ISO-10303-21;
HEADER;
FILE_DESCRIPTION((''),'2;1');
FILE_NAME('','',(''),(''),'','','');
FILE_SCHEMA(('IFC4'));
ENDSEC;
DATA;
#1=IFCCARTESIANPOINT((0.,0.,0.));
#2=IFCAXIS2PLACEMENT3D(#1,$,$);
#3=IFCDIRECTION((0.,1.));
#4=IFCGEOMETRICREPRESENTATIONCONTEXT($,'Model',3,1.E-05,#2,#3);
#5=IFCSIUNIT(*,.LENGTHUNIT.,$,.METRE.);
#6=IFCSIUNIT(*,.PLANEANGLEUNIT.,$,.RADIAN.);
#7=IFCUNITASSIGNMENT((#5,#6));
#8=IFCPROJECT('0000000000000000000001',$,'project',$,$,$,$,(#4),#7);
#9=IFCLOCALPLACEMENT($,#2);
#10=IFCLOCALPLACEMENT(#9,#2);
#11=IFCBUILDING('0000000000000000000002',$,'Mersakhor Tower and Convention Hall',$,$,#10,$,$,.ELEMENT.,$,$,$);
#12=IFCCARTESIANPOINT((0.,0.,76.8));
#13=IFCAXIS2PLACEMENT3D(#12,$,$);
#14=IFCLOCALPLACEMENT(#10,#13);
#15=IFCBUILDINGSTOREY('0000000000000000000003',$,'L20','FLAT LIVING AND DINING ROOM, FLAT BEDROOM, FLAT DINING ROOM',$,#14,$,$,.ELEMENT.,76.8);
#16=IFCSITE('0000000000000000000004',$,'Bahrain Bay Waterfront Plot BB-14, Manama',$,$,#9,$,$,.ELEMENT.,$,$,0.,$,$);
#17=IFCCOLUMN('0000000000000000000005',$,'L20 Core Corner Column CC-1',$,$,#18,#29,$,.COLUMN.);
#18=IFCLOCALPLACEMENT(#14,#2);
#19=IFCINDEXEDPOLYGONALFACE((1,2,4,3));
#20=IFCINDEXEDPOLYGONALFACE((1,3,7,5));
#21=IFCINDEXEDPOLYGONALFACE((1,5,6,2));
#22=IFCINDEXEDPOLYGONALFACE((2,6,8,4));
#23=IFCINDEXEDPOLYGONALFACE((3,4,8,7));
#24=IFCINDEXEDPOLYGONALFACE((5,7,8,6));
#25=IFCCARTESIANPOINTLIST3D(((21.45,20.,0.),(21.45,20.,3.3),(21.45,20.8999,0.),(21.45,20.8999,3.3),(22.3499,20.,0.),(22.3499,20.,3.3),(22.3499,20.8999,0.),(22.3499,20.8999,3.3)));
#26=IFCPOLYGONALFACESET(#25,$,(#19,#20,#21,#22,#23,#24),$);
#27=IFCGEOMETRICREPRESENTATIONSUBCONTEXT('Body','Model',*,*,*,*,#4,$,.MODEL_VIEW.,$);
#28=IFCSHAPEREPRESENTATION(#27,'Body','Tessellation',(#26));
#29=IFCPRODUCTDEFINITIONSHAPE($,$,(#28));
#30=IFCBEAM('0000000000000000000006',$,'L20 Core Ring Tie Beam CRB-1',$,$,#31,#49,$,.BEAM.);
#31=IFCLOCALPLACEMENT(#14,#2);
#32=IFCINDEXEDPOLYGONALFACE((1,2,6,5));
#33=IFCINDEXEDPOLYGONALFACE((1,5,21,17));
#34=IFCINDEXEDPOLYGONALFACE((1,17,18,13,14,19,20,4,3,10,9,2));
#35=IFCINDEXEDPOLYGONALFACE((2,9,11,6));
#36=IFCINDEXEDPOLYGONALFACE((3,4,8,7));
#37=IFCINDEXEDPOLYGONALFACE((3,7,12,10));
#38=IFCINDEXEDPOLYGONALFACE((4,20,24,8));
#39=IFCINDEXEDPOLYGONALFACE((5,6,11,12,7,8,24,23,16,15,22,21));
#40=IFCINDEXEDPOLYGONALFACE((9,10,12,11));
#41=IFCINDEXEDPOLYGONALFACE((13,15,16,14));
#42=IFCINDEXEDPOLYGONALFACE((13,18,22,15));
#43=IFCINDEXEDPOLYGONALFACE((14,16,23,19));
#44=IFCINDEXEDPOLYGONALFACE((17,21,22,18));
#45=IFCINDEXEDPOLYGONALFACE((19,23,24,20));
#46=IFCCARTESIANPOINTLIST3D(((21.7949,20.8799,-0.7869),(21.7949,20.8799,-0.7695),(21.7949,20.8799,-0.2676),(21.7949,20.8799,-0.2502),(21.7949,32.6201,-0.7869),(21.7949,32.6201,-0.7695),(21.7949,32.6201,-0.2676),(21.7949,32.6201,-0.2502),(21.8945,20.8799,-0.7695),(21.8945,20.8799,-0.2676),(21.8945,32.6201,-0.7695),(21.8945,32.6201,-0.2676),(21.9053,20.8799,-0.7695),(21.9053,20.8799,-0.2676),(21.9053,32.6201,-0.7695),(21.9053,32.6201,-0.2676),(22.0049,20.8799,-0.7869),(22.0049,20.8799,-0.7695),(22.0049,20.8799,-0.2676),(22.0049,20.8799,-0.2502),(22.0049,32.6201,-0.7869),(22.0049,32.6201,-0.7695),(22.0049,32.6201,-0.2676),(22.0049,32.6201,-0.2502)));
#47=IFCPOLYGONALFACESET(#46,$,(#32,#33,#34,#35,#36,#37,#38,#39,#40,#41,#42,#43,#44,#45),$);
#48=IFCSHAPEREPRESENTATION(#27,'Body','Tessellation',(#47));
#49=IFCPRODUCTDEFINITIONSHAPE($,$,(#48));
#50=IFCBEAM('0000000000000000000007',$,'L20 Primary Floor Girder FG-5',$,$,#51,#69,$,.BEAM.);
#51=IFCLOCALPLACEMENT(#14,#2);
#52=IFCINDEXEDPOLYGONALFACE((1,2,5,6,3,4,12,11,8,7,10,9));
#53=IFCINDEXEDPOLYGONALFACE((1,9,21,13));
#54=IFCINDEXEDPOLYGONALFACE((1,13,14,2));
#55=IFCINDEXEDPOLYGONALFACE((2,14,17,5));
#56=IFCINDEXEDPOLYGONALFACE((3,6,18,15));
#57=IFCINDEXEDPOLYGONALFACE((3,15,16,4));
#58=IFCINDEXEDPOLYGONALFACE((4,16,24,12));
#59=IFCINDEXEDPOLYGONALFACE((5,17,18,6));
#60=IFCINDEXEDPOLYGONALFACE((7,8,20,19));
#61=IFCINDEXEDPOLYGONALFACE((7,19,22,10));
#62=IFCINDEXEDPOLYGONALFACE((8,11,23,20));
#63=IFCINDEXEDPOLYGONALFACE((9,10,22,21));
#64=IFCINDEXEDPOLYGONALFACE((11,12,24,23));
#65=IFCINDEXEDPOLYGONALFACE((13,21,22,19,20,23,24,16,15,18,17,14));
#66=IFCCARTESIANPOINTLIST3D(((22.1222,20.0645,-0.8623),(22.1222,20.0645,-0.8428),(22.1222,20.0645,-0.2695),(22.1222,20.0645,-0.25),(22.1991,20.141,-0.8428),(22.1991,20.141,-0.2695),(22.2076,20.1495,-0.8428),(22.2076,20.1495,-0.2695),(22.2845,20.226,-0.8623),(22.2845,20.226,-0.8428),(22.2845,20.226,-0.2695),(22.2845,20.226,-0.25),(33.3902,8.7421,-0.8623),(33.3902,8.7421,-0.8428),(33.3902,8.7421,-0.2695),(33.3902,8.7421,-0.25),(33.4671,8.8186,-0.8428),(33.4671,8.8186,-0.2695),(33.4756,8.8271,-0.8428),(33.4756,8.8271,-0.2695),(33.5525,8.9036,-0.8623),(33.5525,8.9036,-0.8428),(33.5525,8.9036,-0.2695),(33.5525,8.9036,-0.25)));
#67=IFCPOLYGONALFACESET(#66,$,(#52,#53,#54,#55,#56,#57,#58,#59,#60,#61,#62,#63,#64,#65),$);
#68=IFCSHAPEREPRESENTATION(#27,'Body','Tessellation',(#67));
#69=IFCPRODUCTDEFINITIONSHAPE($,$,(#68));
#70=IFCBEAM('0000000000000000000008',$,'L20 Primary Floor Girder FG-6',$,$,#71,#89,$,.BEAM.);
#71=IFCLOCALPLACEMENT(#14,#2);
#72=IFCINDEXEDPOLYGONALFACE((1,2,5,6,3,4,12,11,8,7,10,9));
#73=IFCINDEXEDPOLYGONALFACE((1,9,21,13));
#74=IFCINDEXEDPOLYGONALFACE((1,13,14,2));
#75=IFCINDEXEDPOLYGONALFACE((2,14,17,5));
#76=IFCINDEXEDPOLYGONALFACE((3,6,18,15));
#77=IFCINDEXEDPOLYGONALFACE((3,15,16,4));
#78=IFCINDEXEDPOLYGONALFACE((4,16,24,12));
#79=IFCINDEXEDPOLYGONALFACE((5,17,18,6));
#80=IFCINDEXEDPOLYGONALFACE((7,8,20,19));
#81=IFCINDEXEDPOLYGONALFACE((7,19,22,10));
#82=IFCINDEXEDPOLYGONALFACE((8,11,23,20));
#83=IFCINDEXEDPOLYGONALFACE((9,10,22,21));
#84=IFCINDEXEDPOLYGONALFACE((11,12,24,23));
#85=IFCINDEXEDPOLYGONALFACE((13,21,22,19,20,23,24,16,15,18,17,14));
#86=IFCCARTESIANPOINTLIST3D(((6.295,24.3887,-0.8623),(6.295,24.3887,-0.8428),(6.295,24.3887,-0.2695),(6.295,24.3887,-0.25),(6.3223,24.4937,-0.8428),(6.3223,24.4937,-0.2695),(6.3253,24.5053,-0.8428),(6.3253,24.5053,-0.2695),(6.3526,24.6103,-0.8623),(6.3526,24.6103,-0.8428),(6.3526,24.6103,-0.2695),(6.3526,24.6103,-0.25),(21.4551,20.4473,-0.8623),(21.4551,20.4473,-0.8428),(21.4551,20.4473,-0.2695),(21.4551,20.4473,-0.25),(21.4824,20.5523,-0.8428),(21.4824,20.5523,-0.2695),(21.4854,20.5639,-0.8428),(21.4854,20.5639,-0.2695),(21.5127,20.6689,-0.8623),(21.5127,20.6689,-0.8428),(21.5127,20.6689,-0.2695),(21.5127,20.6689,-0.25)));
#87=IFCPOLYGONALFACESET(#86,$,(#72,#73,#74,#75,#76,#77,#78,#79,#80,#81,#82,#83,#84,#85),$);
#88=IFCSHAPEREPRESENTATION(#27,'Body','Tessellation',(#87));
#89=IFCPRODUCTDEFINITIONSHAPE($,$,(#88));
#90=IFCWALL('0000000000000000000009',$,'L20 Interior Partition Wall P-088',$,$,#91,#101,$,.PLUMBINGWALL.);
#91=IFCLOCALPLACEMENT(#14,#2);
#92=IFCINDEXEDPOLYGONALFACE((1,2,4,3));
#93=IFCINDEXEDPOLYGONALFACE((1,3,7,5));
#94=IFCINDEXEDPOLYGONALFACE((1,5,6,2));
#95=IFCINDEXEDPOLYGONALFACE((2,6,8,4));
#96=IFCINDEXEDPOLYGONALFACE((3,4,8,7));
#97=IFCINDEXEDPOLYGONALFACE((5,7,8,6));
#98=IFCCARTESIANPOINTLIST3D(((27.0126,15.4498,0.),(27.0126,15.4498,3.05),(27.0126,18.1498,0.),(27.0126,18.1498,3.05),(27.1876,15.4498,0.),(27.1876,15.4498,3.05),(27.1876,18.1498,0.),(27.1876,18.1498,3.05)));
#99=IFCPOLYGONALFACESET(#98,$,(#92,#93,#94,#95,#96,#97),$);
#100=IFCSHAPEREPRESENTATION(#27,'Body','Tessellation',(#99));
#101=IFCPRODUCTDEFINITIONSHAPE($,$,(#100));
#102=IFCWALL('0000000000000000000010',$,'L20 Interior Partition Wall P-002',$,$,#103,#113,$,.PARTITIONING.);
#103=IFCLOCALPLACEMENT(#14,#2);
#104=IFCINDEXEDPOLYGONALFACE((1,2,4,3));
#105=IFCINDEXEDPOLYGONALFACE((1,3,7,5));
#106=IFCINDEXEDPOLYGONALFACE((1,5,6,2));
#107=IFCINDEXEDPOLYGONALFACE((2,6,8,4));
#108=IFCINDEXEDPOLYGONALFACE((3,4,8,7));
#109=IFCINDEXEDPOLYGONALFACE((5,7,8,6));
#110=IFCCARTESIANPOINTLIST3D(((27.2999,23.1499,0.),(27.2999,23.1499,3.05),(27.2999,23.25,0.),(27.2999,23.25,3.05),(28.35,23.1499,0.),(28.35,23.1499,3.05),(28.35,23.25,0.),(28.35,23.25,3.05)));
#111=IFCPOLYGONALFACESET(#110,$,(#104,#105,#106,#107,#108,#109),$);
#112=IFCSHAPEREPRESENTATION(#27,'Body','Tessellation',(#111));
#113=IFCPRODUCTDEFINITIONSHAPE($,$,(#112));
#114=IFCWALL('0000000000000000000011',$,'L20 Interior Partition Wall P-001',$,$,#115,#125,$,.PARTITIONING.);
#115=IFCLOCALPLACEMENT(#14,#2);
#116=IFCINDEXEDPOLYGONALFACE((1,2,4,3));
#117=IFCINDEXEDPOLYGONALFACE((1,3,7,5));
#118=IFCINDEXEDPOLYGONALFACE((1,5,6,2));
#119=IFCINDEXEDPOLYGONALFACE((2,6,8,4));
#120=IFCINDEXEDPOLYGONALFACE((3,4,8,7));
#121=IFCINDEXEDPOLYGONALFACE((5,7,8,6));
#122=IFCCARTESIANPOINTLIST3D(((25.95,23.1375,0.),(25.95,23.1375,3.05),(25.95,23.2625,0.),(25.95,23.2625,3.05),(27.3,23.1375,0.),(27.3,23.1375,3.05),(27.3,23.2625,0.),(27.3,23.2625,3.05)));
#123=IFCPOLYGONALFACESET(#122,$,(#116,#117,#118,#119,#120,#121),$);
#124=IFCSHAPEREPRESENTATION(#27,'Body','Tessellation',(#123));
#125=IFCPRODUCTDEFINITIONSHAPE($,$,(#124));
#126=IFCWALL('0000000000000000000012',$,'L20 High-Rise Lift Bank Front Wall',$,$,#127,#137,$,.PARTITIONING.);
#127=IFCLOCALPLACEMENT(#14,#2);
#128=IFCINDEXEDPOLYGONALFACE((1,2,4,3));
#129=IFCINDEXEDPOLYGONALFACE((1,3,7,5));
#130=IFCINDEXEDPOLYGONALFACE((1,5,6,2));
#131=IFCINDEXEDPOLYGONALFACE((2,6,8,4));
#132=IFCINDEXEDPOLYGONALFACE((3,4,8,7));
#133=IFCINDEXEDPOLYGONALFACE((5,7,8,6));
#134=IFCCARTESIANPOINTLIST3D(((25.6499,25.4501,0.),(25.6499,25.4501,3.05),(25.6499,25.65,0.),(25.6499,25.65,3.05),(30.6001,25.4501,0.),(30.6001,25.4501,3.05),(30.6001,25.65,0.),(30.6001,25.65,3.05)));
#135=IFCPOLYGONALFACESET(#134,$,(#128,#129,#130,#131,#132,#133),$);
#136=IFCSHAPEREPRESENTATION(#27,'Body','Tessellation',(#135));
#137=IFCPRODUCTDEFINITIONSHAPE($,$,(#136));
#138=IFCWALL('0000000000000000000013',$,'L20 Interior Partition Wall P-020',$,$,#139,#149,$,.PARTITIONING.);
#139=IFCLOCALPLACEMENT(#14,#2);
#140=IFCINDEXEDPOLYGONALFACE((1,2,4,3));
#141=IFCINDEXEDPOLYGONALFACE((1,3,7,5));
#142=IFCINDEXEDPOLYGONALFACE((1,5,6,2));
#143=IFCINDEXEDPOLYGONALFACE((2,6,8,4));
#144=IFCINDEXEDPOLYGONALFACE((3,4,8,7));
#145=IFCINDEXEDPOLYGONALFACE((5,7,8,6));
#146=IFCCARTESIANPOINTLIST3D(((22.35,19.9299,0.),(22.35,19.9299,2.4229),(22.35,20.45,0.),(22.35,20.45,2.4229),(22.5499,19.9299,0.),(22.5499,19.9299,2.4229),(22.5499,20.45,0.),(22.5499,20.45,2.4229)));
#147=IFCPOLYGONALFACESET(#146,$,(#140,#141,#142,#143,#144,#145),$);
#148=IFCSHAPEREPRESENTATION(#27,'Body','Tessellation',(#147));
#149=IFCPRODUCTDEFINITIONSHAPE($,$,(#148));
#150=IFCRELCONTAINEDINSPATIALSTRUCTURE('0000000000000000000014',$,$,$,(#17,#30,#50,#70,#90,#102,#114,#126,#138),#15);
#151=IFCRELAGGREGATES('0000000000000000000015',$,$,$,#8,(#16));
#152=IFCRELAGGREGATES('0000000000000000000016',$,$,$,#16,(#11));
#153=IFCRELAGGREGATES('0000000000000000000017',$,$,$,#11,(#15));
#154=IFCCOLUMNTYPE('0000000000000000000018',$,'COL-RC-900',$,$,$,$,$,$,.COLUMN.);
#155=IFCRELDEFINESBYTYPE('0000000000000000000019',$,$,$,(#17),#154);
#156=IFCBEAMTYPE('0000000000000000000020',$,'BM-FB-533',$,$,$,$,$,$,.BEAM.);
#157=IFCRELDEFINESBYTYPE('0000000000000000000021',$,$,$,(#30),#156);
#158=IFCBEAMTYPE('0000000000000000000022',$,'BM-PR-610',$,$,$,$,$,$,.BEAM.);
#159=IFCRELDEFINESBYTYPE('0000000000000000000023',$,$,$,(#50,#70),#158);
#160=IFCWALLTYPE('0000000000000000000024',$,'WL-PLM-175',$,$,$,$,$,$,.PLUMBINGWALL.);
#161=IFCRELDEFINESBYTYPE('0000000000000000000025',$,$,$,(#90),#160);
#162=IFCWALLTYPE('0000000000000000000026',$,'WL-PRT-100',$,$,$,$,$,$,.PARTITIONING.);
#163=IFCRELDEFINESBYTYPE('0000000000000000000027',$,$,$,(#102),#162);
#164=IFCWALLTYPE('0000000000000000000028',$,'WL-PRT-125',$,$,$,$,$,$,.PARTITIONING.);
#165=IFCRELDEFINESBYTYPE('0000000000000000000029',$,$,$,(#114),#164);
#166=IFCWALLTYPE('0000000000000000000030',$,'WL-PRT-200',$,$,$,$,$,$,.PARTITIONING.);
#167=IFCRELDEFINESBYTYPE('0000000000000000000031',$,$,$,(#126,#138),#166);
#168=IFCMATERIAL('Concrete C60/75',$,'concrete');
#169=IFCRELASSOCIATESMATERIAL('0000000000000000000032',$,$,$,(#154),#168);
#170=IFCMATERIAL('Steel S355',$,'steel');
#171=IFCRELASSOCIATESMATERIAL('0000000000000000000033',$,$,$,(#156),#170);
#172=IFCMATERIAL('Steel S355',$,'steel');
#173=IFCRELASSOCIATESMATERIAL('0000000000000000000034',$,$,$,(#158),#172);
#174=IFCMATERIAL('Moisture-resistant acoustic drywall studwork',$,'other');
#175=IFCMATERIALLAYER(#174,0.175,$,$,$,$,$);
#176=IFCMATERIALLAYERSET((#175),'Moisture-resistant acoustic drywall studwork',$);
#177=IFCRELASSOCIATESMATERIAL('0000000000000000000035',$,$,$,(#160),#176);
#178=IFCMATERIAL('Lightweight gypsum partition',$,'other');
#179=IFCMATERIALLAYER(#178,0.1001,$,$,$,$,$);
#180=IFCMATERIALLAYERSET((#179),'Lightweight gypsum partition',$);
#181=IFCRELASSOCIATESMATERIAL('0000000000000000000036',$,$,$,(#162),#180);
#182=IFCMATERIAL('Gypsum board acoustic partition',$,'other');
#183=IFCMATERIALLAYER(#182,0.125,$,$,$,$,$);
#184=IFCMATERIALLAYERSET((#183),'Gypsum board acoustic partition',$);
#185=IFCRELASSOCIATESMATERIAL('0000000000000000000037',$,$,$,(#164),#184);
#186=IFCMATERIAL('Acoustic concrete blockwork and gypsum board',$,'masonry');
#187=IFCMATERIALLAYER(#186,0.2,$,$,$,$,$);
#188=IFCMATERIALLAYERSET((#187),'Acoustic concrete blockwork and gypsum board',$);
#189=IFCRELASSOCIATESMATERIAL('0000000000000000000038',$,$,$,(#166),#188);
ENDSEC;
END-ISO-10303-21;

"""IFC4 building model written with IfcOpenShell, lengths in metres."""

from ifc_helpers import new_model, si_unit, direction, frame, frame_2d, origin, origin_2d, place, context, subcontext, project, spatial, rectangle, i_section, extrude, material, layer, layer_set, material_profile, profile_set, type_object, element, save


model = new_model("IFC4")

# Units and contexts
model_context = context("Model", 3, precision=1e-05, world=origin(), true_north=direction((0.0, 1.0)))
body_context = subcontext(model_context, "Body", "Model", "MODEL_VIEW")
ifc_project = project(units=[si_unit("LENGTHUNIT", "METRE"), si_unit("PLANEANGLEUNIT", "RADIAN")], contexts=[model_context])

# Site, building, storey
site_placement = place(None, origin())
site = spatial("IfcSite", under=ifc_project, at=site_placement, Name="Bahrain Bay Waterfront Plot BB-14, Manama", CompositionType="ELEMENT", RefElevation=0.0)
building_placement = place(site_placement, origin())
building = spatial("IfcBuilding", under=site, at=building_placement, Name="Mersakhor Tower and Convention Hall", CompositionType="ELEMENT")
storey_placement = place(building_placement, frame((0.0, 0.0, 76.8)))
storey = spatial("IfcBuildingStorey", under=building, at=storey_placement, Name="L20", Description="FLAT LIVING AND DINING ROOM, FLAT BEDROOM, FLAT DINING ROOM", CompositionType="ELEMENT", Elevation=76.8)

# Column
ifc_material_1 = material(Name="Concrete C60/75", Category="concrete")
ifc_material_profile_1 = material_profile(ifc_material_1, rectangle(XDim=0.8999, YDim=0.8999, at=origin_2d()), Name="RC 900x900")
ifc_profile_set_1 = profile_set([ifc_material_profile_1], Name="Concrete C60/75")
column_type = type_object("IfcColumnType", Name="COL-RC-900", PredefinedType="COLUMN", material=ifc_profile_set_1)
column_placement = place(storey_placement, frame((21.8999, 20.45, 0.0), z_axis=(0.0, 0.0, 1.0), x_axis=(1.0, 0.0, 0.0)))
element("IfcColumn", 1, at=column_placement, inside=storey, type_object=column_type, Name="L20 Core Corner Column CC-1", PredefinedType="COLUMN", context=body_context, shape_type="SweptSolid", body=[
    extrude(rectangle(XDim=0.8999, YDim=0.8999, at=origin_2d()), origin(), (0.0, 0.0, 1.0), 3.3),
])

# Beams
ifc_material_2 = material(Name="Steel S355", Category="steel")
ifc_material_profile_2 = material_profile(ifc_material_2, i_section(OverallWidth=0.21, OverallDepth=0.5366, WebThickness=0.0107, FlangeThickness=0.0173, at=origin_2d()), Name="UB 533x210x101")
ifc_profile_set_2 = profile_set([ifc_material_profile_2], Name="Steel S355")
beam_type_1 = type_object("IfcBeamType", Name="BM-FB-533", PredefinedType="BEAM", material=ifc_profile_set_2)
beam_1_placement = place(storey_placement, frame((21.8999, 20.8799, -0.5186), z_axis=(0.0, 1.0, 0.0), x_axis=(-1.0, 0.0, 0.0)))
element("IfcBeam", 2, at=beam_1_placement, inside=storey, type_object=beam_type_1, Name="L20 Core Ring Tie Beam CRB-1", PredefinedType="BEAM", context=body_context, shape_type="SweptSolid", body=[
    extrude(i_section(OverallWidth=0.21, OverallDepth=0.5366, WebThickness=0.0107, FlangeThickness=0.0173, at=origin_2d()), origin(), (0.0, 0.0, 1.0), 11.7402),
])
ifc_material_3 = material(Name="Steel S355", Category="steel")
ifc_material_profile_3 = material_profile(ifc_material_3, i_section(OverallWidth=0.229, OverallDepth=0.6123, WebThickness=0.012, FlangeThickness=0.0195, at=origin_2d()), Name="UB 610x229x125")
ifc_profile_set_3 = profile_set([ifc_material_profile_3], Name="Steel S355")
beam_type_2 = type_object("IfcBeamType", Name="BM-PR-610", PredefinedType="BEAM", material=ifc_profile_set_3)
beam_2_placement = place(storey_placement, frame((22.2034, 20.1453, -0.5562), z_axis=(0.705401, -0.708809, 0.0), x_axis=(0.708809, 0.705401, 0.0)))
element("IfcBeam", 3, at=beam_2_placement, inside=storey, type_object=beam_type_2, Name="L20 Primary Floor Girder FG-5", PredefinedType="BEAM", context=body_context, shape_type="SweptSolid", body=[
    extrude(i_section(OverallWidth=0.229, OverallDepth=0.6123, WebThickness=0.012, FlangeThickness=0.0195, at=origin_2d()), origin(), (0.0, 0.0, 1.0), 15.9739),
])
beam_3_placement = place(storey_placement, frame((21.4839, 20.5581, -0.5562), z_axis=(-0.967826, 0.25162, 0.0), x_axis=(-0.25162, -0.967826, 0.0)))
element("IfcBeam", 4, at=beam_3_placement, inside=storey, type_object=beam_type_2, Name="L20 Primary Floor Girder FG-6", PredefinedType="BEAM", context=body_context, shape_type="SweptSolid", body=[
    extrude(i_section(OverallWidth=0.229, OverallDepth=0.6123, WebThickness=0.012, FlangeThickness=0.0195, at=origin_2d()), origin(), (0.0, 0.0, 1.0), 15.6641),
])

# Walls
ifc_material_4 = material(Name="Moisture-resistant acoustic drywall studwork", Category="other")
ifc_layer_1 = layer(ifc_material_4, 0.175)
ifc_layer_set_1 = layer_set([ifc_layer_1], Name="Moisture-resistant acoustic drywall studwork")
wall_type_1 = type_object("IfcWallType", Name="WL-PLM-175", PredefinedType="PLUMBINGWALL", material=ifc_layer_set_1)
wall_1_placement = place(storey_placement, frame((27.1001, 18.1499, 0.0), z_axis=(0.0, 0.0, 1.0), x_axis=(0.0, -1.0, 0.0)))
element("IfcWall", 5, at=wall_1_placement, inside=storey, type_object=wall_type_1, Name="L20 Interior Partition Wall P-088", PredefinedType="PLUMBINGWALL", context=body_context, shape_type="SweptSolid", body=[
    extrude(rectangle(XDim=2.7, YDim=0.175, at=frame_2d((1.3501, 0.0))), origin(), (0.0, 0.0, 1.0), 3.05),
])
ifc_material_5 = material(Name="Lightweight gypsum partition", Category="other")
ifc_layer_2 = layer(ifc_material_5, 0.1001)
ifc_layer_set_2 = layer_set([ifc_layer_2], Name="Lightweight gypsum partition")
wall_type_2 = type_object("IfcWallType", Name="WL-PRT-100", PredefinedType="PARTITIONING", material=ifc_layer_set_2)
wall_2_placement = place(storey_placement, frame((27.3, 23.2, 0.0), z_axis=(0.0, 0.0, 1.0), x_axis=(1.0, 0.0, 0.0)))
element("IfcWall", 6, at=wall_2_placement, inside=storey, type_object=wall_type_2, Name="L20 Interior Partition Wall P-002", PredefinedType="PARTITIONING", context=body_context, shape_type="SweptSolid", body=[
    extrude(rectangle(XDim=1.05, YDim=0.1001, at=frame_2d((0.5249, 0.0))), origin(), (0.0, 0.0, 1.0), 3.05),
])
ifc_material_6 = material(Name="Gypsum board acoustic partition", Category="other")
ifc_layer_3 = layer(ifc_material_6, 0.125)
ifc_layer_set_3 = layer_set([ifc_layer_3], Name="Gypsum board acoustic partition")
wall_type_3 = type_object("IfcWallType", Name="WL-PRT-125", PredefinedType="PARTITIONING", material=ifc_layer_set_3)
wall_3_placement = place(storey_placement, frame((25.95, 23.2, 0.0), z_axis=(0.0, 0.0, 1.0), x_axis=(1.0, 0.0, 0.0)))
element("IfcWall", 7, at=wall_3_placement, inside=storey, type_object=wall_type_3, Name="L20 Interior Partition Wall P-001", PredefinedType="PARTITIONING", context=body_context, shape_type="SweptSolid", body=[
    extrude(rectangle(XDim=1.3501, YDim=0.125, at=frame_2d((0.675, 0.0))), origin(), (0.0, 0.0, 1.0), 3.05),
])
ifc_material_7 = material(Name="Acoustic concrete blockwork and gypsum board", Category="masonry")
ifc_layer_4 = layer(ifc_material_7, 0.2)
ifc_layer_set_4 = layer_set([ifc_layer_4], Name="Acoustic concrete blockwork and gypsum board")
wall_type_4 = type_object("IfcWallType", Name="WL-PRT-200", PredefinedType="PARTITIONING", material=ifc_layer_set_4)
wall_4_placement = place(storey_placement, frame((25.6499, 25.55, 0.0), z_axis=(0.0, 0.0, 1.0), x_axis=(1.0, 0.0, 0.0)))
element("IfcWall", 8, at=wall_4_placement, inside=storey, type_object=wall_type_4, Name="L20 High-Rise Lift Bank Front Wall", PredefinedType="PARTITIONING", context=body_context, shape_type="SweptSolid", body=[
    extrude(rectangle(XDim=4.9502, YDim=0.2, at=frame_2d((2.4751, 0.0))), origin(), (0.0, 0.0, 1.0), 3.05),
])
wall_5_placement = place(storey_placement, frame((22.45, 19.9299, 0.0), z_axis=(0.0, 0.0, 1.0), x_axis=(0.0, 1.0, 0.0)))
element("IfcWall", 9, at=wall_5_placement, inside=storey, type_object=wall_type_4, Name="L20 Interior Partition Wall P-020", PredefinedType="PARTITIONING", context=body_context, shape_type="SweptSolid", body=[
    extrude(rectangle(XDim=0.52, YDim=0.2, at=frame_2d((0.26, 0.0))), origin(), (0.0, 0.0, 1.0), 2.4229),
])

save(model, "model.ifc")
